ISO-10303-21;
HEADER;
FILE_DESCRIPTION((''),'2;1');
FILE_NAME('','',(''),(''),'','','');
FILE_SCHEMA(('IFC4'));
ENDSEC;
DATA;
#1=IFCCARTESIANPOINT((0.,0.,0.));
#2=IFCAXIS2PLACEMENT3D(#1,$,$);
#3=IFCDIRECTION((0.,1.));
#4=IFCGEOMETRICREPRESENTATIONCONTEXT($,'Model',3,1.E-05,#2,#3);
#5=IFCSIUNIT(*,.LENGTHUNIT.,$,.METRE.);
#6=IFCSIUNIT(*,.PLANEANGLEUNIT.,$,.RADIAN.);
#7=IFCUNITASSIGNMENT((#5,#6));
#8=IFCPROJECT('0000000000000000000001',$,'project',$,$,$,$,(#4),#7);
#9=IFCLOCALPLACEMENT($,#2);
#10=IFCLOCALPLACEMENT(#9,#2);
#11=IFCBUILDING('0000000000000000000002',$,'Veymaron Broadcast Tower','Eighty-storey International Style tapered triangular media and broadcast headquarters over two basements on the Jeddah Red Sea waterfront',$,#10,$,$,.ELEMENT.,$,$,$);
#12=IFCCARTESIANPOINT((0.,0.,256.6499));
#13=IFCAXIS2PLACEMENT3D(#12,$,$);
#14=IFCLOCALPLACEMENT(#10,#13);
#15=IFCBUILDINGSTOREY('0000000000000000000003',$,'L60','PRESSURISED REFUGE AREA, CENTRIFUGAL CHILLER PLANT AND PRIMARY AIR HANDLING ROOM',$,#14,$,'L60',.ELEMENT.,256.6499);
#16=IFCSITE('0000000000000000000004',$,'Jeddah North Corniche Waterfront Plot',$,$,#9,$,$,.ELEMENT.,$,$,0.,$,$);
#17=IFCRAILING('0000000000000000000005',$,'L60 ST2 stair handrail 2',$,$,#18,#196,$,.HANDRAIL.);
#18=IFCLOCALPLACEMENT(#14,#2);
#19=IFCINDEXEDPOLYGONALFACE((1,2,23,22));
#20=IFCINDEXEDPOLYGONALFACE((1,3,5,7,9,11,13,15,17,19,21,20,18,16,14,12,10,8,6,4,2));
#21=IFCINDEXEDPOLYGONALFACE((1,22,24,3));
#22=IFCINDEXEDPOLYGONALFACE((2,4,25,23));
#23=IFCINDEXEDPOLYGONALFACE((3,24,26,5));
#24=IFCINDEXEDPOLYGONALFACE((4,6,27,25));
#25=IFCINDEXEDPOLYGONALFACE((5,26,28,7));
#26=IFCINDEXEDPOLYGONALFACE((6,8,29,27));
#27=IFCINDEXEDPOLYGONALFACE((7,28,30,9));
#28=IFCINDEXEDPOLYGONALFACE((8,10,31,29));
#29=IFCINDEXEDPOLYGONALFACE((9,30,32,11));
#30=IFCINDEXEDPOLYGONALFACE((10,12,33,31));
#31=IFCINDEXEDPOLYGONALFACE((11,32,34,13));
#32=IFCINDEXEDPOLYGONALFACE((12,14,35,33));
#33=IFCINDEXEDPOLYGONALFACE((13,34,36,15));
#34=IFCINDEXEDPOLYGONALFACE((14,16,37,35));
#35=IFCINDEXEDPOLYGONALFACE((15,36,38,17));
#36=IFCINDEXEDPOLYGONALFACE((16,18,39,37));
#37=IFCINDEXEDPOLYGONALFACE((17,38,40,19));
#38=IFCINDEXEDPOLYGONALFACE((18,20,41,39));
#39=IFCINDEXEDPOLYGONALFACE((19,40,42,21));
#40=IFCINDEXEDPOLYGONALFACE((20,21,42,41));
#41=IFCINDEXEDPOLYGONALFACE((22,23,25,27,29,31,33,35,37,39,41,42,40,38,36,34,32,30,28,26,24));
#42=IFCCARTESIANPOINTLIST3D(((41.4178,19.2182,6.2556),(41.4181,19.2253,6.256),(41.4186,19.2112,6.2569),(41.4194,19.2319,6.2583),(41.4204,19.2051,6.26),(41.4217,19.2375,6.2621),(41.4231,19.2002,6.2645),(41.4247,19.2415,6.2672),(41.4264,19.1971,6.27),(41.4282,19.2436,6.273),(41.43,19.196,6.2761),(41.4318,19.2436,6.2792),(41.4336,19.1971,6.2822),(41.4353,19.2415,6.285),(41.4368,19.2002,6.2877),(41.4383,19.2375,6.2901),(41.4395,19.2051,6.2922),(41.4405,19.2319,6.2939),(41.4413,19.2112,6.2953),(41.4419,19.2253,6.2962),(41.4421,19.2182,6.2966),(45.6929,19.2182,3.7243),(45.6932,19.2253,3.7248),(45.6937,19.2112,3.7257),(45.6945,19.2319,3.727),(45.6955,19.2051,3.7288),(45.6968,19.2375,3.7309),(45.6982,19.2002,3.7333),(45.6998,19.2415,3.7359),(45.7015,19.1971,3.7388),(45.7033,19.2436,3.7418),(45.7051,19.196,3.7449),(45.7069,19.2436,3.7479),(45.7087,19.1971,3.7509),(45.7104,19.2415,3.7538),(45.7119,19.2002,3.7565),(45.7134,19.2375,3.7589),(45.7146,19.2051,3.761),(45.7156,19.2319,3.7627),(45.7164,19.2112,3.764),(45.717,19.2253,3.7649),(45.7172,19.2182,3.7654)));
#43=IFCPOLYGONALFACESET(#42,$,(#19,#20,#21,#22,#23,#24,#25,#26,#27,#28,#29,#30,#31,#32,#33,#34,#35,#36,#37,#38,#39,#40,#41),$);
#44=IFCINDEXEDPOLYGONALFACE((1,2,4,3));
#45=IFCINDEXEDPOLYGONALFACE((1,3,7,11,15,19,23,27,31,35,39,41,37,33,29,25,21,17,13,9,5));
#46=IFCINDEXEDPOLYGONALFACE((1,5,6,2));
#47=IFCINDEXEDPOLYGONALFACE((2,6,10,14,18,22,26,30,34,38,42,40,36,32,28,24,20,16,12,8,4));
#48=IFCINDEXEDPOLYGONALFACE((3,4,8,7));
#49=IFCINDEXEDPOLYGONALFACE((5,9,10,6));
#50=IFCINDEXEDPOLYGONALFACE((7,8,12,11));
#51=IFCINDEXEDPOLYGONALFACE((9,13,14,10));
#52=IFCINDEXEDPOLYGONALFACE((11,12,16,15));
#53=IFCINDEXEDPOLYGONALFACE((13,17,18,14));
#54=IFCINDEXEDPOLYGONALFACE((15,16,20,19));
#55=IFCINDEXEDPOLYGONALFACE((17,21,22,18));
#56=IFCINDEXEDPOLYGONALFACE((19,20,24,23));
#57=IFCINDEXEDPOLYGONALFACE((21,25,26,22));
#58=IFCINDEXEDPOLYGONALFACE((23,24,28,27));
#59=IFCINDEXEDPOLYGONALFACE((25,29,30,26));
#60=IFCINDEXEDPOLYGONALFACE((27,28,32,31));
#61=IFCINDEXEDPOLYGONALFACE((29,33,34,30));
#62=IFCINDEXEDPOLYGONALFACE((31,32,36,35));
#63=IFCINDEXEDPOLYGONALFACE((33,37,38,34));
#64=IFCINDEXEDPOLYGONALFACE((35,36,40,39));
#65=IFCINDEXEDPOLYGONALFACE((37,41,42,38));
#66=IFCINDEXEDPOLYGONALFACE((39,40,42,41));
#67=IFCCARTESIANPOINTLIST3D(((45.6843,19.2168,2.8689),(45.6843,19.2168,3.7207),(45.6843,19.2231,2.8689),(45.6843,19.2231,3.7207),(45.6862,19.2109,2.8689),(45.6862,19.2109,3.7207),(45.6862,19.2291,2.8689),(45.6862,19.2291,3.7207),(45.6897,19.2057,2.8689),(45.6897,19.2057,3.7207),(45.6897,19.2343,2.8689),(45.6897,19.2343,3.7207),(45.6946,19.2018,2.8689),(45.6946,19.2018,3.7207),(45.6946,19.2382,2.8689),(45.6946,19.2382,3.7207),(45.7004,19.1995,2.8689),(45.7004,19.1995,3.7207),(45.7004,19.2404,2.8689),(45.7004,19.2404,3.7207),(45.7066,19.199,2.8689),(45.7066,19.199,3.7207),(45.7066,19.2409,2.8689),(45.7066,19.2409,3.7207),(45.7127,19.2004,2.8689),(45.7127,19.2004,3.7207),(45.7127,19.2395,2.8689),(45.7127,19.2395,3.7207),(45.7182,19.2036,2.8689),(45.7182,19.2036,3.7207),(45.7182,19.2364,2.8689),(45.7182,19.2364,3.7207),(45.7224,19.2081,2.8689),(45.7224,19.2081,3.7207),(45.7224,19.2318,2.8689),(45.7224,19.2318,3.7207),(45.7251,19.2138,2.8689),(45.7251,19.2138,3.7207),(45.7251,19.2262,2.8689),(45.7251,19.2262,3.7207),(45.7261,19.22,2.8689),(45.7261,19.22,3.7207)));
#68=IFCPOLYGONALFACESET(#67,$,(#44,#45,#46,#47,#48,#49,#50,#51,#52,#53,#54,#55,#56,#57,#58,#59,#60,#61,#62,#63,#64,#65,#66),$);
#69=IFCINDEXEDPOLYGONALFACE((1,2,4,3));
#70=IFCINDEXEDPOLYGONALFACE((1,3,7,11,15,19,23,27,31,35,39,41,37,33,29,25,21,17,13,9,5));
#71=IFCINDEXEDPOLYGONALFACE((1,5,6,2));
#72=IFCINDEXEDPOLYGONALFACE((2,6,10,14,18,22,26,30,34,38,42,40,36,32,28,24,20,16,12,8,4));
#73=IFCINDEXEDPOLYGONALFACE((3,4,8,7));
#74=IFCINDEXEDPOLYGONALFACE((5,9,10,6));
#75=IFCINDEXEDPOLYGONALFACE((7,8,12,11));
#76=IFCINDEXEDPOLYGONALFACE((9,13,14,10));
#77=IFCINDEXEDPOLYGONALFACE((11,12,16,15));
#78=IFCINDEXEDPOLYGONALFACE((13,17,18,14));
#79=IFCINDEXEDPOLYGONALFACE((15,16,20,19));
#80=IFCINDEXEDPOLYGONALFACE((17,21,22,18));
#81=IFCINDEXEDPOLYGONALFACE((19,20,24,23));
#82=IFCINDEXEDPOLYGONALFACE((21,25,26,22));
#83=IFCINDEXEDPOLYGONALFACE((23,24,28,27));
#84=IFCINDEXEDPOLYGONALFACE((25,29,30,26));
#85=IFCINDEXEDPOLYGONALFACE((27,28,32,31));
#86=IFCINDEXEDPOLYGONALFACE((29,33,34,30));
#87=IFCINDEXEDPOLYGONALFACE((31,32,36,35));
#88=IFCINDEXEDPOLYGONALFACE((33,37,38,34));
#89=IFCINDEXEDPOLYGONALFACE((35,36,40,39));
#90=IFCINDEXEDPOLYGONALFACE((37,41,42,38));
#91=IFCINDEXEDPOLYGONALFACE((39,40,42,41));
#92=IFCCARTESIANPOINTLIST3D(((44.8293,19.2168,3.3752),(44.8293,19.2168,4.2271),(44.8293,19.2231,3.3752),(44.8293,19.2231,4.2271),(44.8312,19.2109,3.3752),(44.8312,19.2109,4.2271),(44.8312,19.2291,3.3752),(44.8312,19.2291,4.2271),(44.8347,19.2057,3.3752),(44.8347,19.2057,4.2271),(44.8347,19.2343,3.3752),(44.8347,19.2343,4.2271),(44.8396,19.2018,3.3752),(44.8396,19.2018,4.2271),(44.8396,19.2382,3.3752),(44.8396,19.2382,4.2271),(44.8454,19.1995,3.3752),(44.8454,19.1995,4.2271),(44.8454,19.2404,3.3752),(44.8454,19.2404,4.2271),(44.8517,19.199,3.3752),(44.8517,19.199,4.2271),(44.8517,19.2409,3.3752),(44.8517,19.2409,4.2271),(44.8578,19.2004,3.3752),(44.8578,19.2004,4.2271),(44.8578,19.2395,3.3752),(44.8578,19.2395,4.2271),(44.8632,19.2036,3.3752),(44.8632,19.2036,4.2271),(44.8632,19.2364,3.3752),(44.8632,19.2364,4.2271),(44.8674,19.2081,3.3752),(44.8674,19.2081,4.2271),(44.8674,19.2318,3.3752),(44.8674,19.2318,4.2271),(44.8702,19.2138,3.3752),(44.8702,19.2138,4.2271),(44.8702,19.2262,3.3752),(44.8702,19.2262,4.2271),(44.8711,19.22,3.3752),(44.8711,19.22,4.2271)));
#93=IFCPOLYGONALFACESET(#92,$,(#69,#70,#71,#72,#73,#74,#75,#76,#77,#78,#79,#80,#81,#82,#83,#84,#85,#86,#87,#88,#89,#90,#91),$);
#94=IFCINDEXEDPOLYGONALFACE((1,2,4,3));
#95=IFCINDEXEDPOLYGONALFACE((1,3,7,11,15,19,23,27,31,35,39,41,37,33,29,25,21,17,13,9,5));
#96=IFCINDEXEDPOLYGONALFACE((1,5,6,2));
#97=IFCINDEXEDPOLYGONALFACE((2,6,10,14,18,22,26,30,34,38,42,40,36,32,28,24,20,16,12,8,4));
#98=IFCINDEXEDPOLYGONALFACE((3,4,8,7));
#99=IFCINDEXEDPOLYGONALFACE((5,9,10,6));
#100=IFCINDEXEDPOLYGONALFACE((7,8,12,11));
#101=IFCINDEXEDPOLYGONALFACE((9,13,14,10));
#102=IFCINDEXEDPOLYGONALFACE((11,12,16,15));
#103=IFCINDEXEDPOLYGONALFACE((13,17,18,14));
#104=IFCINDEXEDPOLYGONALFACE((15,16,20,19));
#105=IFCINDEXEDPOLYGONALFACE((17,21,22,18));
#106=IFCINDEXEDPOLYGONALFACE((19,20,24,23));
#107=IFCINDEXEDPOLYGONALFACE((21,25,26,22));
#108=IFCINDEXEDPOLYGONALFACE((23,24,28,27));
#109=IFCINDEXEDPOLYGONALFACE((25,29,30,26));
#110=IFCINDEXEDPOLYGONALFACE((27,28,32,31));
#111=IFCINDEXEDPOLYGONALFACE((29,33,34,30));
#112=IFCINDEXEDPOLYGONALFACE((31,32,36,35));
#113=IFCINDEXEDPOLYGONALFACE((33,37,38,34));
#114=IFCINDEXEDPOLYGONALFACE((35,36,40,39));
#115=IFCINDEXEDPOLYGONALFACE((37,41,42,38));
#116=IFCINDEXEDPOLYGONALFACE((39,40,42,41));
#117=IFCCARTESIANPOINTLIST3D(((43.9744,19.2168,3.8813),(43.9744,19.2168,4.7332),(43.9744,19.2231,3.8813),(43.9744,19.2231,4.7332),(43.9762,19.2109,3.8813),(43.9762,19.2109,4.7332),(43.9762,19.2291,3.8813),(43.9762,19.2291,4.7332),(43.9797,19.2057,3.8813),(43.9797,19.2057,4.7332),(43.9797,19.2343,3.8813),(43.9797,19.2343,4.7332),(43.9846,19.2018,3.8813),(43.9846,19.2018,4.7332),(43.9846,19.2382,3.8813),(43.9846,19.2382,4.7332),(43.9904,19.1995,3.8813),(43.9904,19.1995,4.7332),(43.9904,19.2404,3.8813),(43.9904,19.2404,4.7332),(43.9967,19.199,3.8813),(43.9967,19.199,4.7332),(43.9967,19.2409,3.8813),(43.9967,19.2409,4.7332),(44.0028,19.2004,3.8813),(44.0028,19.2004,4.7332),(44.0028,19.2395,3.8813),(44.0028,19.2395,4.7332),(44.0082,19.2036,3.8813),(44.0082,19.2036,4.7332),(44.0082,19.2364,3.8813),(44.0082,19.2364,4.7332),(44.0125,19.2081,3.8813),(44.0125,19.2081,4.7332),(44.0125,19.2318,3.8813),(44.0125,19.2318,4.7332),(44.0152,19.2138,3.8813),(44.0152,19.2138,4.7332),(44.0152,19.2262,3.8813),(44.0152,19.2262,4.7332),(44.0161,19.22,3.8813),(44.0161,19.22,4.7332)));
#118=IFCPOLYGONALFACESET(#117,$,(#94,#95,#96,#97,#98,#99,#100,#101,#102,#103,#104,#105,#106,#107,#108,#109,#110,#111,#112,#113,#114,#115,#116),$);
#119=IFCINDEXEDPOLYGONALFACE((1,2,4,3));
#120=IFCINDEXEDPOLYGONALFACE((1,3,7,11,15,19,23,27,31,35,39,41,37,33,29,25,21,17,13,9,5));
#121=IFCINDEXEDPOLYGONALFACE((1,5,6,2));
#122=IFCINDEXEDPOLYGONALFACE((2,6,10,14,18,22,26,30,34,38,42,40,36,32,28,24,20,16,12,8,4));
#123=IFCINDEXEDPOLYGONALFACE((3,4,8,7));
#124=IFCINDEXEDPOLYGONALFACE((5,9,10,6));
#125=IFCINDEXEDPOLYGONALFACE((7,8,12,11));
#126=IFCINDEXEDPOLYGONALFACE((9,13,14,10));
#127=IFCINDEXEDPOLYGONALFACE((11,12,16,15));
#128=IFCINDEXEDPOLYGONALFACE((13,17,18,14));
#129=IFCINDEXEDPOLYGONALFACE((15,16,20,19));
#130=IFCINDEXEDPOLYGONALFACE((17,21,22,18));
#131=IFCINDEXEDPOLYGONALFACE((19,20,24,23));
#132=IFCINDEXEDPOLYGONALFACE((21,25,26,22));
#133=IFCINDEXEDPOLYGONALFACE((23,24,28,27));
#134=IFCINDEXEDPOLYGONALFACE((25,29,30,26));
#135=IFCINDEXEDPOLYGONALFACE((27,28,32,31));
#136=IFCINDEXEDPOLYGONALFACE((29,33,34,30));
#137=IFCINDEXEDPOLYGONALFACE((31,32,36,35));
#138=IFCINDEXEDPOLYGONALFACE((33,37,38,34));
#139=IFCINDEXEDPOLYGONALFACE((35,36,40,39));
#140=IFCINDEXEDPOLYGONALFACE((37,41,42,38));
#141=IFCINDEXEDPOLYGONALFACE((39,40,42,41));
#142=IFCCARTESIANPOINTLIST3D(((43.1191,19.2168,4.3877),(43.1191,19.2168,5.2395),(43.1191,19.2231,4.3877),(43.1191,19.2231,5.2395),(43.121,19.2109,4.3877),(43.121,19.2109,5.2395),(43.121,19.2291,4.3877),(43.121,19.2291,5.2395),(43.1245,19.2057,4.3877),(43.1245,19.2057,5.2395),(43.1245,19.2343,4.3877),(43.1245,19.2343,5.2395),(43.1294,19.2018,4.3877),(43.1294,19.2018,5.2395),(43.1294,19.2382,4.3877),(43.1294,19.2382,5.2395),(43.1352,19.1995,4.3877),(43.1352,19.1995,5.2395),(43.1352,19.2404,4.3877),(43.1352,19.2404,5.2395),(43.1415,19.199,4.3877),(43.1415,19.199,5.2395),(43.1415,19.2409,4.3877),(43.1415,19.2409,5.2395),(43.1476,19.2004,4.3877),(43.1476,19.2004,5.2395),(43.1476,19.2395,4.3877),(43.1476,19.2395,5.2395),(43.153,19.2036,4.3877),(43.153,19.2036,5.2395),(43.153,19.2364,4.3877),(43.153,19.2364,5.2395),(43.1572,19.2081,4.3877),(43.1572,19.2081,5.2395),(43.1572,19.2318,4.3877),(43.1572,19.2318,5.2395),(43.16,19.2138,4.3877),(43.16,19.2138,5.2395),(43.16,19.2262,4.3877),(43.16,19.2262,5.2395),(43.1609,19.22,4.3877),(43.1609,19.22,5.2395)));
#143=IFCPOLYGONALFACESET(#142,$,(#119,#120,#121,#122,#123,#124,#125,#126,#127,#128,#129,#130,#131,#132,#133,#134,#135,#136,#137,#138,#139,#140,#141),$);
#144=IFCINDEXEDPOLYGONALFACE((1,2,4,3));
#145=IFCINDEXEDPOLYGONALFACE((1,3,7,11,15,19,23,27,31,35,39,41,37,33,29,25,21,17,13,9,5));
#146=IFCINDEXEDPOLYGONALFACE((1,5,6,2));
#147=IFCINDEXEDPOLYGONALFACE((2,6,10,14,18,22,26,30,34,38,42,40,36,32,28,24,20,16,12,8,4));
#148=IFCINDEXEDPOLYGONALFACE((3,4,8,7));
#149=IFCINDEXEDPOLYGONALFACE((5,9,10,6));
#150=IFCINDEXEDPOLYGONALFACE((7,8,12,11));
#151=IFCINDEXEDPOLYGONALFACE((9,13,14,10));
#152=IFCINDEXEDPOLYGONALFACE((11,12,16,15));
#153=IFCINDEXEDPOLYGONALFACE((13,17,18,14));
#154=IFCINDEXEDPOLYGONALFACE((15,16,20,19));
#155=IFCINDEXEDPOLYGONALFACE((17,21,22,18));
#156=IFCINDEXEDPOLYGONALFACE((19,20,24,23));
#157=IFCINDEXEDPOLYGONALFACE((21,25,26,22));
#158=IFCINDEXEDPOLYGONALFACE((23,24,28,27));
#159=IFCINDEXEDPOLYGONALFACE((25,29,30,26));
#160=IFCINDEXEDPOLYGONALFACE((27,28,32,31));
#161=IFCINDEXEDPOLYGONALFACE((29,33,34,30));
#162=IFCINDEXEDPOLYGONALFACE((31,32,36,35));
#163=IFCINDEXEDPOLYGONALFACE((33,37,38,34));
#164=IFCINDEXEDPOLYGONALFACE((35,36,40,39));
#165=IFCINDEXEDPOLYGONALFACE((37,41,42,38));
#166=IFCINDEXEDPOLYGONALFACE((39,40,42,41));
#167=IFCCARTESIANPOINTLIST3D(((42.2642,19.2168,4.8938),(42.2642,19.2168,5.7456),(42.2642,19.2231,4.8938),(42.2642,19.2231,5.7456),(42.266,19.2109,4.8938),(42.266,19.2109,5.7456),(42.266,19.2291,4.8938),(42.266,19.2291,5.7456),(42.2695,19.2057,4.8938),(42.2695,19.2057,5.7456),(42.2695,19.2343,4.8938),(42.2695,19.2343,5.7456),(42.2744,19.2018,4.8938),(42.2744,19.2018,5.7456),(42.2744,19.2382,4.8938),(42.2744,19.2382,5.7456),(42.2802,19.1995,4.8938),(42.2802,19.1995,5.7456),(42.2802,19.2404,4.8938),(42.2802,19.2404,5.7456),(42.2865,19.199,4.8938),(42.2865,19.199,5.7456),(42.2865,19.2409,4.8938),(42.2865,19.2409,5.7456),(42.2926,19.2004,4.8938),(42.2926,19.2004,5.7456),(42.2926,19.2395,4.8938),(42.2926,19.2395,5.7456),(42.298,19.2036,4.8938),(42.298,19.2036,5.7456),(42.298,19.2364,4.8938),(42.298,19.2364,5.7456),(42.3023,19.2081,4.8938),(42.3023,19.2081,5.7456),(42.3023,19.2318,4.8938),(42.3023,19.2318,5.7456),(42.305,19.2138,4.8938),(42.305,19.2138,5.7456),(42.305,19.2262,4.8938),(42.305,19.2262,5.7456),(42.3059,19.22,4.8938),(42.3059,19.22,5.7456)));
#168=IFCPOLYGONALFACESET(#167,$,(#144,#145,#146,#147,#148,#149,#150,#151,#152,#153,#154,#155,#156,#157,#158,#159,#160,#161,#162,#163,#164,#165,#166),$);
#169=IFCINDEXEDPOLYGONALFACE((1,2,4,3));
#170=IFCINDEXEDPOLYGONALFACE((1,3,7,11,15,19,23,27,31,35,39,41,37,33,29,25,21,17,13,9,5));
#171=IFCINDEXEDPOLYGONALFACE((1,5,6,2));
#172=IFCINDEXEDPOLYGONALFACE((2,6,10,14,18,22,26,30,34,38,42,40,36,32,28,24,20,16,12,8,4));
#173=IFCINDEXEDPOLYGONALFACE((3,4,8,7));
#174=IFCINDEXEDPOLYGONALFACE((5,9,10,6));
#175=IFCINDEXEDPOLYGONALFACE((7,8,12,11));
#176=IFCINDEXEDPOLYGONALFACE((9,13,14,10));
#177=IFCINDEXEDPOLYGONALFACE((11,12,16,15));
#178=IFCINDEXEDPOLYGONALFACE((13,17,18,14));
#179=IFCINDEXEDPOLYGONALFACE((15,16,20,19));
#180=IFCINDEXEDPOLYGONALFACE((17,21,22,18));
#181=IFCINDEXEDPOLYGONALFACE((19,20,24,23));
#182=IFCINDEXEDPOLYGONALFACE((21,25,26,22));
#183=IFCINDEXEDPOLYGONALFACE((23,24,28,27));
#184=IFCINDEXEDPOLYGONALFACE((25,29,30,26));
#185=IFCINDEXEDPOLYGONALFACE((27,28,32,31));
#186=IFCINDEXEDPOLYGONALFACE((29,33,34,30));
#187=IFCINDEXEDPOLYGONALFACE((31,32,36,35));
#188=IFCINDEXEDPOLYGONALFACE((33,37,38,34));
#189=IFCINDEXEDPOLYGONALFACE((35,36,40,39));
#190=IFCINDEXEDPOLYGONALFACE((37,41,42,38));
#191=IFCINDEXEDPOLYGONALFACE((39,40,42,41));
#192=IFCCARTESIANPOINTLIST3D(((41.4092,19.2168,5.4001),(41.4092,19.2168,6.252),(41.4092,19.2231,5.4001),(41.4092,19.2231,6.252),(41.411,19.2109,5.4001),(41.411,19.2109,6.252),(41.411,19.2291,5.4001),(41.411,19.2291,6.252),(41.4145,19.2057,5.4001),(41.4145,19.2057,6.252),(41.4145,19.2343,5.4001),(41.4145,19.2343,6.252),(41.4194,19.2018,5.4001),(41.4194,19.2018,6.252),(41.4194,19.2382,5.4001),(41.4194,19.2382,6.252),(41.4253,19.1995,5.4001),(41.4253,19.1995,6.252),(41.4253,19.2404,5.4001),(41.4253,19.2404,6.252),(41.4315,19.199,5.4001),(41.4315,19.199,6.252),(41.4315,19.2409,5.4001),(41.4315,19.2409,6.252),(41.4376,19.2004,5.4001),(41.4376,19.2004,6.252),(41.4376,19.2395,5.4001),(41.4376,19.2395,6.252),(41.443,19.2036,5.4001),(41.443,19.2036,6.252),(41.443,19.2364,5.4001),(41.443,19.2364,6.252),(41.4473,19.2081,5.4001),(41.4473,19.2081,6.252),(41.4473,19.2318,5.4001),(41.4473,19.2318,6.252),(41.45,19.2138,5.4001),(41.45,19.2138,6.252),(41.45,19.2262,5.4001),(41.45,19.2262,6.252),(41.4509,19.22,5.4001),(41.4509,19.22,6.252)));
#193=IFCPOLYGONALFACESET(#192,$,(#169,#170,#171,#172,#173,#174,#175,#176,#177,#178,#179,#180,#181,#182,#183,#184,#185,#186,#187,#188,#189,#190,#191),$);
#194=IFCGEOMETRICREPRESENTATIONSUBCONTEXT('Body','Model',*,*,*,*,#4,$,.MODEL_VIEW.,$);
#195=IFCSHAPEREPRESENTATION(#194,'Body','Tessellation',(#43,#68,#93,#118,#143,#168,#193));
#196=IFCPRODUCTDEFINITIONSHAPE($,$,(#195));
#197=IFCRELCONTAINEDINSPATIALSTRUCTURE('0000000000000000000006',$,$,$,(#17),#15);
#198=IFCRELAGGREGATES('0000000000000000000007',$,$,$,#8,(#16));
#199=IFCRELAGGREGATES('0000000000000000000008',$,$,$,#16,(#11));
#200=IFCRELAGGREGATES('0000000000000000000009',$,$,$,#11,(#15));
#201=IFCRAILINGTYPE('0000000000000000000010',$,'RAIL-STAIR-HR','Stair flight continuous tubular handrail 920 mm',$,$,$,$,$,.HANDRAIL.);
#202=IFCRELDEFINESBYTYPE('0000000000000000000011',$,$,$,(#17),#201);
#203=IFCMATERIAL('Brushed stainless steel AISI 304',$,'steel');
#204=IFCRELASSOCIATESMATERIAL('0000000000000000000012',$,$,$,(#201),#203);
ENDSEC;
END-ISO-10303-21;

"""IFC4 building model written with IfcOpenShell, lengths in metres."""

from ifc_helpers import new_model, si_unit, direction, frame, origin, origin_2d, place, context, subcontext, project, spatial, circle, extrude, material, type_object, element, save


model = new_model("IFC4")

# Units and contexts
model_context = context("Model", 3, precision=1e-05, world=origin(), true_north=direction((0.0, 1.0)))
body_context = subcontext(model_context, "Body", "Model", "MODEL_VIEW")
ifc_project = project(units=[si_unit("LENGTHUNIT", "METRE"), si_unit("PLANEANGLEUNIT", "RADIAN")], contexts=[model_context])

# Site, building, storey
site_placement = place(None, origin())
site = spatial("IfcSite", under=ifc_project, at=site_placement, Name="Jeddah North Corniche Waterfront Plot", CompositionType="ELEMENT", RefElevation=0.0)
building_placement = place(site_placement, origin())
building = spatial("IfcBuilding", under=site, at=building_placement, Name="Veymaron Broadcast Tower", Description="Eighty-storey International Style tapered triangular media and broadcast headquarters over two basements on the Jeddah Red Sea waterfront", CompositionType="ELEMENT")
storey_placement = place(building_placement, frame((0.0, 0.0, 256.6499)))
storey = spatial("IfcBuildingStorey", under=building, at=storey_placement, Name="L60", Description="PRESSURISED REFUGE AREA, CENTRIFUGAL CHILLER PLANT AND PRIMARY AIR HANDLING ROOM", LongName="L60", CompositionType="ELEMENT", Elevation=256.6499)

# Shared definitions
ifc_material_1 = material(Name="Brushed stainless steel AISI 304", Category="steel")

# Railing
railing_type_1 = type_object("IfcRailingType", Name="RAIL-STAIR-HR", Description="Stair flight continuous tubular handrail 920 mm", PredefinedType="HANDRAIL", material=ifc_material_1)
railing_1_placement = place(storey_placement, frame((45.7051, 19.22, 2.8689)))
element("IfcRailing", 1, at=railing_1_placement, inside=storey, type_object=railing_type_1, Name="L60 ST2 stair handrail 2", PredefinedType="HANDRAIL", context=body_context, shape_type="SweptSolid", body=[
    extrude(circle(Radius=0.0239, at=origin_2d()), frame((0.0, 0.0, 0.876), z_axis=(-0.860483, 0.0, 0.509479), x_axis=(0.0, -1.0, 0.0)), (0.0, 0.0, 1.0), 4.9683),
    extrude(circle(Radius=0.021, at=origin_2d()), origin(), (0.0, 0.0, 1.0), 0.8518),
    extrude(circle(Radius=0.021, at=origin_2d()), frame((-0.855, 0.0, 0.5063)), (0.0, 0.0, 1.0), 0.8518),
    extrude(circle(Radius=0.021, at=origin_2d()), frame((-1.71, 0.0, 1.0125)), (0.0, 0.0, 1.0), 0.8518),
    extrude(circle(Radius=0.021, at=origin_2d()), frame((-2.5652, 0.0, 1.5188)), (0.0, 0.0, 1.0), 0.8518),
    extrude(circle(Radius=0.021, at=origin_2d()), frame((-3.4202, 0.0, 2.0249)), (0.0, 0.0, 1.0), 0.8518),
    extrude(circle(Radius=0.021, at=origin_2d()), frame((-4.2751, 0.0, 2.5312)), (0.0, 0.0, 1.0), 0.8518),
])

save(model, "model.ifc")
